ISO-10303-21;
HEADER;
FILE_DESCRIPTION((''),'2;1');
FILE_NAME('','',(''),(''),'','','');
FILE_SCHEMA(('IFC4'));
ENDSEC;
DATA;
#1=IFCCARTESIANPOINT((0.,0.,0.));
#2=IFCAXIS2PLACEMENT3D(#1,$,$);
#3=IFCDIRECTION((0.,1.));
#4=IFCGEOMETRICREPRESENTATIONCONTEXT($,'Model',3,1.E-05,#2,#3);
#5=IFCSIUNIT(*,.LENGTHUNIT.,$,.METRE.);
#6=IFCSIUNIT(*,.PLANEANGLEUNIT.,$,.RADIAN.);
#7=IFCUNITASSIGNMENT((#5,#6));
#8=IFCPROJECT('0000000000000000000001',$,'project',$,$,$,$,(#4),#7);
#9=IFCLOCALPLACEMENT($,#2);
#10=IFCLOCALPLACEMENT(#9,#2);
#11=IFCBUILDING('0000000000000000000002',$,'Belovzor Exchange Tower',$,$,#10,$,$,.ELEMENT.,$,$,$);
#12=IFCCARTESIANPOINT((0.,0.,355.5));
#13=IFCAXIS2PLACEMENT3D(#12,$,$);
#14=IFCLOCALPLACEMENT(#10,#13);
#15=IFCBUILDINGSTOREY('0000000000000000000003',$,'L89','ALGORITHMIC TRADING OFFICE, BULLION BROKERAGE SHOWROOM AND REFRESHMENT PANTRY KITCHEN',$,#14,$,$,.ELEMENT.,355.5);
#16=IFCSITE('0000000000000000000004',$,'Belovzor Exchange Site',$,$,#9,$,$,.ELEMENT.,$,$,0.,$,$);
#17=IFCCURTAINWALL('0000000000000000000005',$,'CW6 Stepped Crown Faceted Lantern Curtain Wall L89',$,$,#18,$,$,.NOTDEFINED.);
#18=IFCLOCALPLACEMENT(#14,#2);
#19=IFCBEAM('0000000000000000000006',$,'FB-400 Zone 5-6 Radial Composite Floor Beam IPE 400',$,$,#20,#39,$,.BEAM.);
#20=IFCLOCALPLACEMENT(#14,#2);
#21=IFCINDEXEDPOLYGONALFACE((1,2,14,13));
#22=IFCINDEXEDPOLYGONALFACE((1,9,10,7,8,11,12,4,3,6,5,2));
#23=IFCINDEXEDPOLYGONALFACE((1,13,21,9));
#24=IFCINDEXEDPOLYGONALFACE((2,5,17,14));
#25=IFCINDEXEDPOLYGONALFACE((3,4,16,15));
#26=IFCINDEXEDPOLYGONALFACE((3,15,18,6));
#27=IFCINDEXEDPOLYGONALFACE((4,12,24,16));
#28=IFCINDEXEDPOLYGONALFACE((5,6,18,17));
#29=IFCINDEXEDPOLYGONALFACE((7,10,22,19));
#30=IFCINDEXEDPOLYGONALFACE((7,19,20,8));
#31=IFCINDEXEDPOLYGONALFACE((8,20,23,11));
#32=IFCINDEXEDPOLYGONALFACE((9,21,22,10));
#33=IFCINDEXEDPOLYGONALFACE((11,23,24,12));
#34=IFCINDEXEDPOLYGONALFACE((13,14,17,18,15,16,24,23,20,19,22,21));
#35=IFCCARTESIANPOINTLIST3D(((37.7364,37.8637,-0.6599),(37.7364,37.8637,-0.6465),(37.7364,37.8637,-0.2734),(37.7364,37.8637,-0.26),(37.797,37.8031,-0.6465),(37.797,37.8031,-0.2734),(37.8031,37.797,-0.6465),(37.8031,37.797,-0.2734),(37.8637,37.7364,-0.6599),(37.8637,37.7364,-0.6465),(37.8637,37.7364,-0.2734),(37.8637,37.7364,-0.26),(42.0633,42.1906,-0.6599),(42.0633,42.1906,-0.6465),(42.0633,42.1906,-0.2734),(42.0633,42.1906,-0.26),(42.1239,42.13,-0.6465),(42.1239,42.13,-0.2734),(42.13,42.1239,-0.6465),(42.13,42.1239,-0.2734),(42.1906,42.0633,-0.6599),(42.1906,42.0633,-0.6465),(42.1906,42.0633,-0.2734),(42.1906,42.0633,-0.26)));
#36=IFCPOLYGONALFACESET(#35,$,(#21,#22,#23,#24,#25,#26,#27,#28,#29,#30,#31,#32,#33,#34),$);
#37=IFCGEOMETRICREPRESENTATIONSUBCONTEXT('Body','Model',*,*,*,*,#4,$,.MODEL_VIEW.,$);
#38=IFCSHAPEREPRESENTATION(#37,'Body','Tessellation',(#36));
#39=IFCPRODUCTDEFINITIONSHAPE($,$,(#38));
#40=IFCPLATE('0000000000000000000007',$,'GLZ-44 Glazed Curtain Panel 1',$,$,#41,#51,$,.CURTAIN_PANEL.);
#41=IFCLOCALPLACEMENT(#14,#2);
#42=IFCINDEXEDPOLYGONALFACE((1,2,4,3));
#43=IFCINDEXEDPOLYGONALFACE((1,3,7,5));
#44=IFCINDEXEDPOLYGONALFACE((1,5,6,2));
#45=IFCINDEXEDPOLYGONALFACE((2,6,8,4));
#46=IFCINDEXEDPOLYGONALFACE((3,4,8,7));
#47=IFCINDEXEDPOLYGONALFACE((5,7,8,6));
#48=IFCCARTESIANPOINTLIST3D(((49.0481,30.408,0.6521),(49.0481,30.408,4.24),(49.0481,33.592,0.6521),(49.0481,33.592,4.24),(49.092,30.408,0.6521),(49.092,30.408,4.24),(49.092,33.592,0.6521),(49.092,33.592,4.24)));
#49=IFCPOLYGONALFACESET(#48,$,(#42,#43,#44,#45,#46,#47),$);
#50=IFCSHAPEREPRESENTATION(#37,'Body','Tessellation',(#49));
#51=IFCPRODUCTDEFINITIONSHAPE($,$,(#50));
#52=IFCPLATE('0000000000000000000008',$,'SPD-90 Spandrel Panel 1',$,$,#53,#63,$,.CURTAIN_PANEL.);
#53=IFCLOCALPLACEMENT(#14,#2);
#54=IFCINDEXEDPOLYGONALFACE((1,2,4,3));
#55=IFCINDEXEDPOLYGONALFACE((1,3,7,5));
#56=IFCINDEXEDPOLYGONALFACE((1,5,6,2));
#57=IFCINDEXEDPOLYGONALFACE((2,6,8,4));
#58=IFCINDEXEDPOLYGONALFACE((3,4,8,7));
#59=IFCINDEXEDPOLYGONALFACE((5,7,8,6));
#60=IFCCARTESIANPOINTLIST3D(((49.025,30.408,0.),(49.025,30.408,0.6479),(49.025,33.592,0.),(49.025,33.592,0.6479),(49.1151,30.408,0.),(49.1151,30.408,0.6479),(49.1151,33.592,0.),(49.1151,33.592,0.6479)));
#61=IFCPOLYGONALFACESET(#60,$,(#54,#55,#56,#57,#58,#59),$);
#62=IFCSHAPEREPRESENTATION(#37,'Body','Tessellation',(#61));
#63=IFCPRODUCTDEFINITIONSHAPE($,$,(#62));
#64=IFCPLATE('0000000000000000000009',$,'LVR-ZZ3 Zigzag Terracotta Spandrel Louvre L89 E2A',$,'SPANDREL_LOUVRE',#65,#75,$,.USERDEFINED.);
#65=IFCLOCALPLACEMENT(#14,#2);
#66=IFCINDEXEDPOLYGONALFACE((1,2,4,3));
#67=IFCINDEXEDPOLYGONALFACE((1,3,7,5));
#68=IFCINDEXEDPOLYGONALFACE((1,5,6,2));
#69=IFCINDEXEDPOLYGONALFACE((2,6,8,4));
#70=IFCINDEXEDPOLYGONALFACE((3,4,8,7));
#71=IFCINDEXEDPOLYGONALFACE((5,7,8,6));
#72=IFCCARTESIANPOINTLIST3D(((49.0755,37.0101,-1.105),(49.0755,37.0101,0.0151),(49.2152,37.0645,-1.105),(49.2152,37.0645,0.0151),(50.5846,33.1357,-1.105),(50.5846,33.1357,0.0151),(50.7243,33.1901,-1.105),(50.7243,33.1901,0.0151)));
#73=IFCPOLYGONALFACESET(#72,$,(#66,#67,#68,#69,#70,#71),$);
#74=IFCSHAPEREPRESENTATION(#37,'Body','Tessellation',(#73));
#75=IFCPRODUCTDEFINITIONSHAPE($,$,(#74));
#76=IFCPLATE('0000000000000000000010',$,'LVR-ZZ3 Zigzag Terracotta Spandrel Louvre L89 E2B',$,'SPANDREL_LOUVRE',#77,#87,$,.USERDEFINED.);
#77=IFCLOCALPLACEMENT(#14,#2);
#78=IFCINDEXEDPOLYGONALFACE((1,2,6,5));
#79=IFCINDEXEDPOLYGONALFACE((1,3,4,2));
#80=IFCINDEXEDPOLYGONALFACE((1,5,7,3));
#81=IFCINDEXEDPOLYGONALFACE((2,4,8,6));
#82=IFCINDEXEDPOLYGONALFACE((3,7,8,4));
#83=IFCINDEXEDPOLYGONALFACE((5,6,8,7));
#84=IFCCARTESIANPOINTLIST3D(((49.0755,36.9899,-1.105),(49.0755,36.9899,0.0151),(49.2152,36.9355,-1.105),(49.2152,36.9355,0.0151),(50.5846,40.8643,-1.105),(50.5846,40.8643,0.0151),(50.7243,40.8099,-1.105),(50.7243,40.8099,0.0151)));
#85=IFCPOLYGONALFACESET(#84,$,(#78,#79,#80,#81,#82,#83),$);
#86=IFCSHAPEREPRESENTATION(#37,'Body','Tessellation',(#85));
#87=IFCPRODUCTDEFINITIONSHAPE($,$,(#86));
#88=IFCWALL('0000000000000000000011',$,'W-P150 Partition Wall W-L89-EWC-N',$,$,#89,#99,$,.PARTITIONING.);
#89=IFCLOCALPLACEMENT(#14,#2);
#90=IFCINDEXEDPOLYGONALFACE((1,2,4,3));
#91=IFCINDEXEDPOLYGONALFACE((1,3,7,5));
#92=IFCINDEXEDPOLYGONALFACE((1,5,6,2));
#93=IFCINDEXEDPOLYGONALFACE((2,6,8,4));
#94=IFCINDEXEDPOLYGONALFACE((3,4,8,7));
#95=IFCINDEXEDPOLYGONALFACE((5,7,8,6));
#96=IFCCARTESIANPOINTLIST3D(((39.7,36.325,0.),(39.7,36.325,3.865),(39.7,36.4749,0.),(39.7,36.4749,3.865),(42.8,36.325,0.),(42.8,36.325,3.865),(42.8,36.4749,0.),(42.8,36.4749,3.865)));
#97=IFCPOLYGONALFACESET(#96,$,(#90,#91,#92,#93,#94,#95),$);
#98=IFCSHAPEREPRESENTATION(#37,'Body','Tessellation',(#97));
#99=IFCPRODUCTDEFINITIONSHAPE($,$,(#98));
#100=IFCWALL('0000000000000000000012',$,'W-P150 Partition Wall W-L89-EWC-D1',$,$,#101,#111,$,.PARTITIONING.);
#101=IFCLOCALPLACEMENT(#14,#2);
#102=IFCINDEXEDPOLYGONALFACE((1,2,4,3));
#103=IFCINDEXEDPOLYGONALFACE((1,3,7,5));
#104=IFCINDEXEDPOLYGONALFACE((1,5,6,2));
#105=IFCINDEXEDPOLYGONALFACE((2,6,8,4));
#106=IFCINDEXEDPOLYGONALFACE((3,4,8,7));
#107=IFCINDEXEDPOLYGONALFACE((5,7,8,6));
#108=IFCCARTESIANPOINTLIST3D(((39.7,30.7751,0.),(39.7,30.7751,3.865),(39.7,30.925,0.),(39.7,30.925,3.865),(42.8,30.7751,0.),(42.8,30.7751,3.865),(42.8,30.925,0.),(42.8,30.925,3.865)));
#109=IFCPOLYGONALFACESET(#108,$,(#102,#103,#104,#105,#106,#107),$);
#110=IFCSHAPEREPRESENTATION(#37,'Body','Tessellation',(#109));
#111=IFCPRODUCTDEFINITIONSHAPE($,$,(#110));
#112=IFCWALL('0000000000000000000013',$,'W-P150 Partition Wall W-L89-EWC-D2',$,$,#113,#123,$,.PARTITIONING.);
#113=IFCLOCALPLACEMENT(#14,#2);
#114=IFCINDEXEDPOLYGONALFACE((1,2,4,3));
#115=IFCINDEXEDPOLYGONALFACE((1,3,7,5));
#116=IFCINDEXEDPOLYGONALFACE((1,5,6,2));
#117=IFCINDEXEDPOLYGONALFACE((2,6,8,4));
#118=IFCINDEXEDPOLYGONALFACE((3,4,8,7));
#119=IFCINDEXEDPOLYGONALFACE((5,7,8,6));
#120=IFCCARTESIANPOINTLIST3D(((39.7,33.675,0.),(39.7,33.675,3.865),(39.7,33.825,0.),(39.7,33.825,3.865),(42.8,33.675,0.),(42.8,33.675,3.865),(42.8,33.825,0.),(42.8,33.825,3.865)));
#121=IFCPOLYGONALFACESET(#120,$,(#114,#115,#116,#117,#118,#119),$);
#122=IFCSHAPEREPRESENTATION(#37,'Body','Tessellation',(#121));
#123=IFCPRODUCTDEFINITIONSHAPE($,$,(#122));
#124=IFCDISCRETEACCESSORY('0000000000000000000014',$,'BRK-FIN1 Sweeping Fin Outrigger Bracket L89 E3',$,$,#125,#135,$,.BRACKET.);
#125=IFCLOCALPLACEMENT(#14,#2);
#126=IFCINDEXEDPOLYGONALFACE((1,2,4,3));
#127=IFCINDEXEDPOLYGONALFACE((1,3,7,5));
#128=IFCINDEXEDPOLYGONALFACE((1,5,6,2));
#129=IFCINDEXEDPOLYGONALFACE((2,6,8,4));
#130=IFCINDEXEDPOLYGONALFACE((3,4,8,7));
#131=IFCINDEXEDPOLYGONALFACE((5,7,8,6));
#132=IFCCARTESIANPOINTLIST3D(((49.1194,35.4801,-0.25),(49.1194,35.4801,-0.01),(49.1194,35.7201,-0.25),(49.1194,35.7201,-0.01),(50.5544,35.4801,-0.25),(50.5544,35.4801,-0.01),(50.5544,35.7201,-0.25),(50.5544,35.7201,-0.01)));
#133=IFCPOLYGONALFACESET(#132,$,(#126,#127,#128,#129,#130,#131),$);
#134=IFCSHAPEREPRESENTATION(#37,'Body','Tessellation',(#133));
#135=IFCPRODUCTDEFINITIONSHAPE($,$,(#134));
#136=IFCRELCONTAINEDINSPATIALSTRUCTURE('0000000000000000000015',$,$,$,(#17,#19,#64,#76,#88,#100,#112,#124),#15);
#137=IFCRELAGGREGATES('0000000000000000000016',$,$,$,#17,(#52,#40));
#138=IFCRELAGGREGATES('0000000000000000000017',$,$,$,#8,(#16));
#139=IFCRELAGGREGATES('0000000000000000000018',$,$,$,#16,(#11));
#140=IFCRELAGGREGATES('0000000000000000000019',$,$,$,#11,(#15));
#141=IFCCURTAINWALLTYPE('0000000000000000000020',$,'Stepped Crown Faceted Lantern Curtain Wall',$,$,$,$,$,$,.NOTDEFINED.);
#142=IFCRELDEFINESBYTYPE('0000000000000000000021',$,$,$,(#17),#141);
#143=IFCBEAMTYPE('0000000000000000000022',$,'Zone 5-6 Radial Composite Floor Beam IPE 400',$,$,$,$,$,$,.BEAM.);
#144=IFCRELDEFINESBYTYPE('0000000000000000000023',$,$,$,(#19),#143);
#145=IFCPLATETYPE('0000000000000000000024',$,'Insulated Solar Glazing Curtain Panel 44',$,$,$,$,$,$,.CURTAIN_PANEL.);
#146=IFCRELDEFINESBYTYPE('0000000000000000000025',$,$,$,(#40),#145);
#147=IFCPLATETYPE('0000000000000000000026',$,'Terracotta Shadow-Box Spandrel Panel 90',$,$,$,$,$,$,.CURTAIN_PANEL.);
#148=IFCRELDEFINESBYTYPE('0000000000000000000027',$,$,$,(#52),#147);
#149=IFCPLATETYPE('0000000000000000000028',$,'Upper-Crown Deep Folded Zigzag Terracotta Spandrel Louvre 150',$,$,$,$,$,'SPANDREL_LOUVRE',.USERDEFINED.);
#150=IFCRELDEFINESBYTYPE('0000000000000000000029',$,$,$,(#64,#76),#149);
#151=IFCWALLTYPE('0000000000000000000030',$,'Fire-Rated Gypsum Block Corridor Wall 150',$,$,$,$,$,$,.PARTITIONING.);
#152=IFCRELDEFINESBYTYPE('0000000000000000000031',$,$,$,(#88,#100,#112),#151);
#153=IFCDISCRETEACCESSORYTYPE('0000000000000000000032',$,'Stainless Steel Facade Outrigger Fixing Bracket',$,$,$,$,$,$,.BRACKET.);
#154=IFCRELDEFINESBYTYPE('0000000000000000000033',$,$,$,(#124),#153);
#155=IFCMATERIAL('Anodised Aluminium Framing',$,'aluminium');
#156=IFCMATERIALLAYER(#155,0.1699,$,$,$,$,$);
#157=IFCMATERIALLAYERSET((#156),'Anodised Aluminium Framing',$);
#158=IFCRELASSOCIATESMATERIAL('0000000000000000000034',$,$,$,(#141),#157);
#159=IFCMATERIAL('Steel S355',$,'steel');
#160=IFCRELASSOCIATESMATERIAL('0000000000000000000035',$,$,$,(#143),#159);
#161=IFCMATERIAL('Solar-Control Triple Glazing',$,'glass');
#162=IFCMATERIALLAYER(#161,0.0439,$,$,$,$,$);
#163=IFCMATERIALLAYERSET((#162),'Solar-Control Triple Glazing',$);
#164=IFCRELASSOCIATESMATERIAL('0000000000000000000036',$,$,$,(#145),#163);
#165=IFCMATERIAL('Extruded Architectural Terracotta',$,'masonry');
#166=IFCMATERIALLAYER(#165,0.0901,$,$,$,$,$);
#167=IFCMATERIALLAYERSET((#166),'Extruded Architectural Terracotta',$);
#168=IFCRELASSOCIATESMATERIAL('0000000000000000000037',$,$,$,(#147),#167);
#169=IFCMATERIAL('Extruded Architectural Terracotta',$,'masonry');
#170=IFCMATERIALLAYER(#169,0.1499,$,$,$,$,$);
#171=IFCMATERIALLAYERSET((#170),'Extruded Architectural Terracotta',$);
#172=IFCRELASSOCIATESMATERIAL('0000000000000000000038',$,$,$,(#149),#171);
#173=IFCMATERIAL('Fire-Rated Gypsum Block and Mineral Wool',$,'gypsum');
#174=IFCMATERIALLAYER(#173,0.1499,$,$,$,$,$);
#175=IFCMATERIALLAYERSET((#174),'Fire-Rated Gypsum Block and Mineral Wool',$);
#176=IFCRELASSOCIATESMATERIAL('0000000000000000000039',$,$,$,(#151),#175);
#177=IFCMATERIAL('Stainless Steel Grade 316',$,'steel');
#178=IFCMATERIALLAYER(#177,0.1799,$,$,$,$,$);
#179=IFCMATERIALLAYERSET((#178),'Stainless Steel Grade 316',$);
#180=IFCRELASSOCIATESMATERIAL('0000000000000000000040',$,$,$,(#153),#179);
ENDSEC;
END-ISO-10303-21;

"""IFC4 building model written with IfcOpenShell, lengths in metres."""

from ifc_helpers import new_model, si_unit, direction, frame, frame_2d, origin, origin_2d, place, context, subcontext, project, spatial, rectangle, i_section, extrude, material, layer, layer_set, material_profile, profile_set, type_object, element, aggregate, save


model = new_model("IFC4")

# Units and contexts
model_context = context("Model", 3, precision=1e-05, world=origin(), true_north=direction((0.0, 1.0)))
body_context = subcontext(model_context, "Body", "Model", "MODEL_VIEW")
ifc_project = project(units=[si_unit("LENGTHUNIT", "METRE"), si_unit("PLANEANGLEUNIT", "RADIAN")], contexts=[model_context])

# Site, building, storey
site_placement = place(None, origin())
site = spatial("IfcSite", under=ifc_project, at=site_placement, Name="Belovzor Exchange Site", CompositionType="ELEMENT", RefElevation=0.0)
building_placement = place(site_placement, origin())
building = spatial("IfcBuilding", under=site, at=building_placement, Name="Belovzor Exchange Tower", CompositionType="ELEMENT")
storey_placement = place(building_placement, frame((0.0, 0.0, 355.5)))
storey = spatial("IfcBuildingStorey", under=building, at=storey_placement, Name="L89", Description="ALGORITHMIC TRADING OFFICE, BULLION BROKERAGE SHOWROOM AND REFRESHMENT PANTRY KITCHEN", CompositionType="ELEMENT", Elevation=355.5)

# Curtain wall
ifc_material_1 = material(Name="Anodised Aluminium Framing", Category="aluminium")
ifc_layer_1 = layer(ifc_material_1, 0.1699)
ifc_layer_set_1 = layer_set([ifc_layer_1], Name="Anodised Aluminium Framing")
curtain_wall_type = type_object("IfcCurtainWallType", Name="Stepped Crown Faceted Lantern Curtain Wall", PredefinedType="NOTDEFINED", material=ifc_layer_set_1)
curtain_wall_placement = place(storey_placement, origin())
curtain_wall = element("IfcCurtainWall", 1, at=curtain_wall_placement, inside=storey, type_object=curtain_wall_type, Name="CW6 Stepped Crown Faceted Lantern Curtain Wall L89", PredefinedType="NOTDEFINED")

# Beam
ifc_material_2 = material(Name="Steel S355", Category="steel")
ifc_material_profile_1 = material_profile(ifc_material_2, i_section(OverallWidth=0.1799, OverallDepth=0.3999, WebThickness=0.0085, FlangeThickness=0.0134, at=origin_2d()))
ifc_profile_set_1 = profile_set([ifc_material_profile_1], Name="Steel S355")
beam_type_1 = type_object("IfcBeamType", Name="Zone 5-6 Radial Composite Floor Beam IPE 400", PredefinedType="BEAM", material=ifc_profile_set_1)
beam_placement = place(storey_placement, frame((37.8, 37.8, -0.46), z_axis=(0.707107, 0.707107, 0.0), x_axis=(-0.707107, 0.707107, 0.0)))
element("IfcBeam", 2, at=beam_placement, inside=storey, type_object=beam_type_1, Name="FB-400 Zone 5-6 Radial Composite Floor Beam IPE 400", PredefinedType="BEAM", context=body_context, shape_type="SweptSolid", body=[
    extrude(i_section(OverallWidth=0.1799, OverallDepth=0.3999, WebThickness=0.0085, FlangeThickness=0.0134, at=origin_2d()), origin(), (0.0, 0.0, 1.0), 6.1191),
])

# Plates
ifc_material_3 = material(Name="Solar-Control Triple Glazing", Category="glass")
ifc_layer_2 = layer(ifc_material_3, 0.0439)
ifc_layer_set_2 = layer_set([ifc_layer_2], Name="Solar-Control Triple Glazing")
plate_type_1 = type_object("IfcPlateType", Name="Insulated Solar Glazing Curtain Panel 44", PredefinedType="CURTAIN_PANEL", material=ifc_layer_set_2)
plate_1_placement = place(storey_placement, frame((49.0701, 32.0, 0.6521), z_axis=(0.0, 0.0, 1.0), x_axis=(0.0, -1.0, 0.0)))
plate_1 = element("IfcPlate", 3, at=plate_1_placement, type_object=plate_type_1, Name="GLZ-44 Glazed Curtain Panel 1", PredefinedType="CURTAIN_PANEL", context=body_context, shape_type="SweptSolid", body=[
    extrude(rectangle(XDim=3.1841, YDim=0.0439, at=origin_2d()), origin(), (0.0, 0.0, 1.0), 3.5879),
])
ifc_material_4 = material(Name="Extruded Architectural Terracotta", Category="masonry")
ifc_layer_3 = layer(ifc_material_4, 0.0901)
ifc_layer_set_3 = layer_set([ifc_layer_3], Name="Extruded Architectural Terracotta")
plate_type_2 = type_object("IfcPlateType", Name="Terracotta Shadow-Box Spandrel Panel 90", PredefinedType="CURTAIN_PANEL", material=ifc_layer_set_3)
plate_2_placement = place(storey_placement, frame((49.0701, 32.0, 0.0), z_axis=(0.0, 0.0, 1.0), x_axis=(0.0, -1.0, 0.0)))
plate_2 = element("IfcPlate", 4, at=plate_2_placement, type_object=plate_type_2, Name="SPD-90 Spandrel Panel 1", PredefinedType="CURTAIN_PANEL", context=body_context, shape_type="SweptSolid", body=[
    extrude(rectangle(XDim=3.1841, YDim=0.0901, at=origin_2d()), origin(), (0.0, 0.0, 1.0), 0.6479),
])
aggregate(curtain_wall, [plate_2, plate_1])

# Plates
ifc_material_5 = material(Name="Extruded Architectural Terracotta", Category="masonry")
ifc_layer_4 = layer(ifc_material_5, 0.1499)
ifc_layer_set_4 = layer_set([ifc_layer_4], Name="Extruded Architectural Terracotta")
plate_type_3 = type_object("IfcPlateType", Name="Upper-Crown Deep Folded Zigzag Terracotta Spandrel Louvre 150", ElementType="SPANDREL_LOUVRE", PredefinedType="USERDEFINED", material=ifc_layer_set_4)
for number, where, z_axis, x_axis, name in (
    (5, (49.8999, 35.1001, -1.105), (0.0, 0.0, 1.0), (-0.362926, 0.931818, 0.0), "LVR-ZZ3 Zigzag Terracotta Spandrel Louvre L89 E2A"),
    (6, (49.8999, 38.8999, -1.105), (0.0, 0.0, 1.0), (0.362926, 0.931818, 0.0), "LVR-ZZ3 Zigzag Terracotta Spandrel Louvre L89 E2B"),
):
    element("IfcPlate", number, at=place(storey_placement, frame(where, z_axis=z_axis, x_axis=x_axis)), inside=storey, type_object=plate_type_3, Name=name, ObjectType="SPANDREL_LOUVRE", PredefinedType="USERDEFINED", context=body_context, shape_type="SweptSolid", body=[
        extrude(rectangle(XDim=4.158, YDim=0.1499, at=origin_2d()), origin(), (0.0, 0.0, 1.0), 1.1201),
    ])

# Walls
ifc_material_6 = material(Name="Fire-Rated Gypsum Block and Mineral Wool", Category="gypsum")
ifc_layer_5 = layer(ifc_material_6, 0.1499)
ifc_layer_set_5 = layer_set([ifc_layer_5], Name="Fire-Rated Gypsum Block and Mineral Wool")
wall_type = type_object("IfcWallType", Name="Fire-Rated Gypsum Block Corridor Wall 150", PredefinedType="PARTITIONING", material=ifc_layer_set_5)
for number, where, z_axis, x_axis, name in (
    (7, (39.7, 36.3999, 0.0), (0.0, 0.0, 1.0), (1.0, 0.0, 0.0), "W-P150 Partition Wall W-L89-EWC-N"),
    (8, (39.7, 30.8501, 0.0), (0.0, 0.0, 1.0), (1.0, 0.0, 0.0), "W-P150 Partition Wall W-L89-EWC-D1"),
    (9, (39.7, 33.75, 0.0), (0.0, 0.0, 1.0), (1.0, 0.0, 0.0), "W-P150 Partition Wall W-L89-EWC-D2"),
):
    element("IfcWall", number, at=place(storey_placement, frame(where, z_axis=z_axis, x_axis=x_axis)), inside=storey, type_object=wall_type, Name=name, PredefinedType="PARTITIONING", context=body_context, shape_type="SweptSolid", body=[
        extrude(rectangle(XDim=3.1001, YDim=0.1499, at=frame_2d((1.55, 0.0))), origin(), (0.0, 0.0, 1.0), 3.865),
    ])

# Discrete accessory
ifc_material_7 = material(Name="Stainless Steel Grade 316", Category="steel")
ifc_layer_6 = layer(ifc_material_7, 0.1799)
ifc_layer_set_6 = layer_set([ifc_layer_6], Name="Stainless Steel Grade 316")
discrete_accessory_type = type_object("IfcDiscreteAccessoryType", Name="Stainless Steel Facade Outrigger Fixing Bracket", PredefinedType="BRACKET", material=ifc_layer_set_6)
discrete_accessory_placement = place(storey_placement, frame((49.8369, 35.6001, -0.25), z_axis=(0.0, 0.0, 1.0), x_axis=(1.0, 0.0, 0.0)))
element("IfcDiscreteAccessory", 10, at=discrete_accessory_placement, inside=storey, type_object=discrete_accessory_type, Name="BRK-FIN1 Sweeping Fin Outrigger Bracket L89 E3", PredefinedType="BRACKET", context=body_context, shape_type="SweptSolid", body=[
    extrude(rectangle(XDim=1.4351, YDim=0.24, at=origin_2d()), origin(), (0.0, 0.0, 1.0), 0.24),
])

save(model, "model.ifc")
